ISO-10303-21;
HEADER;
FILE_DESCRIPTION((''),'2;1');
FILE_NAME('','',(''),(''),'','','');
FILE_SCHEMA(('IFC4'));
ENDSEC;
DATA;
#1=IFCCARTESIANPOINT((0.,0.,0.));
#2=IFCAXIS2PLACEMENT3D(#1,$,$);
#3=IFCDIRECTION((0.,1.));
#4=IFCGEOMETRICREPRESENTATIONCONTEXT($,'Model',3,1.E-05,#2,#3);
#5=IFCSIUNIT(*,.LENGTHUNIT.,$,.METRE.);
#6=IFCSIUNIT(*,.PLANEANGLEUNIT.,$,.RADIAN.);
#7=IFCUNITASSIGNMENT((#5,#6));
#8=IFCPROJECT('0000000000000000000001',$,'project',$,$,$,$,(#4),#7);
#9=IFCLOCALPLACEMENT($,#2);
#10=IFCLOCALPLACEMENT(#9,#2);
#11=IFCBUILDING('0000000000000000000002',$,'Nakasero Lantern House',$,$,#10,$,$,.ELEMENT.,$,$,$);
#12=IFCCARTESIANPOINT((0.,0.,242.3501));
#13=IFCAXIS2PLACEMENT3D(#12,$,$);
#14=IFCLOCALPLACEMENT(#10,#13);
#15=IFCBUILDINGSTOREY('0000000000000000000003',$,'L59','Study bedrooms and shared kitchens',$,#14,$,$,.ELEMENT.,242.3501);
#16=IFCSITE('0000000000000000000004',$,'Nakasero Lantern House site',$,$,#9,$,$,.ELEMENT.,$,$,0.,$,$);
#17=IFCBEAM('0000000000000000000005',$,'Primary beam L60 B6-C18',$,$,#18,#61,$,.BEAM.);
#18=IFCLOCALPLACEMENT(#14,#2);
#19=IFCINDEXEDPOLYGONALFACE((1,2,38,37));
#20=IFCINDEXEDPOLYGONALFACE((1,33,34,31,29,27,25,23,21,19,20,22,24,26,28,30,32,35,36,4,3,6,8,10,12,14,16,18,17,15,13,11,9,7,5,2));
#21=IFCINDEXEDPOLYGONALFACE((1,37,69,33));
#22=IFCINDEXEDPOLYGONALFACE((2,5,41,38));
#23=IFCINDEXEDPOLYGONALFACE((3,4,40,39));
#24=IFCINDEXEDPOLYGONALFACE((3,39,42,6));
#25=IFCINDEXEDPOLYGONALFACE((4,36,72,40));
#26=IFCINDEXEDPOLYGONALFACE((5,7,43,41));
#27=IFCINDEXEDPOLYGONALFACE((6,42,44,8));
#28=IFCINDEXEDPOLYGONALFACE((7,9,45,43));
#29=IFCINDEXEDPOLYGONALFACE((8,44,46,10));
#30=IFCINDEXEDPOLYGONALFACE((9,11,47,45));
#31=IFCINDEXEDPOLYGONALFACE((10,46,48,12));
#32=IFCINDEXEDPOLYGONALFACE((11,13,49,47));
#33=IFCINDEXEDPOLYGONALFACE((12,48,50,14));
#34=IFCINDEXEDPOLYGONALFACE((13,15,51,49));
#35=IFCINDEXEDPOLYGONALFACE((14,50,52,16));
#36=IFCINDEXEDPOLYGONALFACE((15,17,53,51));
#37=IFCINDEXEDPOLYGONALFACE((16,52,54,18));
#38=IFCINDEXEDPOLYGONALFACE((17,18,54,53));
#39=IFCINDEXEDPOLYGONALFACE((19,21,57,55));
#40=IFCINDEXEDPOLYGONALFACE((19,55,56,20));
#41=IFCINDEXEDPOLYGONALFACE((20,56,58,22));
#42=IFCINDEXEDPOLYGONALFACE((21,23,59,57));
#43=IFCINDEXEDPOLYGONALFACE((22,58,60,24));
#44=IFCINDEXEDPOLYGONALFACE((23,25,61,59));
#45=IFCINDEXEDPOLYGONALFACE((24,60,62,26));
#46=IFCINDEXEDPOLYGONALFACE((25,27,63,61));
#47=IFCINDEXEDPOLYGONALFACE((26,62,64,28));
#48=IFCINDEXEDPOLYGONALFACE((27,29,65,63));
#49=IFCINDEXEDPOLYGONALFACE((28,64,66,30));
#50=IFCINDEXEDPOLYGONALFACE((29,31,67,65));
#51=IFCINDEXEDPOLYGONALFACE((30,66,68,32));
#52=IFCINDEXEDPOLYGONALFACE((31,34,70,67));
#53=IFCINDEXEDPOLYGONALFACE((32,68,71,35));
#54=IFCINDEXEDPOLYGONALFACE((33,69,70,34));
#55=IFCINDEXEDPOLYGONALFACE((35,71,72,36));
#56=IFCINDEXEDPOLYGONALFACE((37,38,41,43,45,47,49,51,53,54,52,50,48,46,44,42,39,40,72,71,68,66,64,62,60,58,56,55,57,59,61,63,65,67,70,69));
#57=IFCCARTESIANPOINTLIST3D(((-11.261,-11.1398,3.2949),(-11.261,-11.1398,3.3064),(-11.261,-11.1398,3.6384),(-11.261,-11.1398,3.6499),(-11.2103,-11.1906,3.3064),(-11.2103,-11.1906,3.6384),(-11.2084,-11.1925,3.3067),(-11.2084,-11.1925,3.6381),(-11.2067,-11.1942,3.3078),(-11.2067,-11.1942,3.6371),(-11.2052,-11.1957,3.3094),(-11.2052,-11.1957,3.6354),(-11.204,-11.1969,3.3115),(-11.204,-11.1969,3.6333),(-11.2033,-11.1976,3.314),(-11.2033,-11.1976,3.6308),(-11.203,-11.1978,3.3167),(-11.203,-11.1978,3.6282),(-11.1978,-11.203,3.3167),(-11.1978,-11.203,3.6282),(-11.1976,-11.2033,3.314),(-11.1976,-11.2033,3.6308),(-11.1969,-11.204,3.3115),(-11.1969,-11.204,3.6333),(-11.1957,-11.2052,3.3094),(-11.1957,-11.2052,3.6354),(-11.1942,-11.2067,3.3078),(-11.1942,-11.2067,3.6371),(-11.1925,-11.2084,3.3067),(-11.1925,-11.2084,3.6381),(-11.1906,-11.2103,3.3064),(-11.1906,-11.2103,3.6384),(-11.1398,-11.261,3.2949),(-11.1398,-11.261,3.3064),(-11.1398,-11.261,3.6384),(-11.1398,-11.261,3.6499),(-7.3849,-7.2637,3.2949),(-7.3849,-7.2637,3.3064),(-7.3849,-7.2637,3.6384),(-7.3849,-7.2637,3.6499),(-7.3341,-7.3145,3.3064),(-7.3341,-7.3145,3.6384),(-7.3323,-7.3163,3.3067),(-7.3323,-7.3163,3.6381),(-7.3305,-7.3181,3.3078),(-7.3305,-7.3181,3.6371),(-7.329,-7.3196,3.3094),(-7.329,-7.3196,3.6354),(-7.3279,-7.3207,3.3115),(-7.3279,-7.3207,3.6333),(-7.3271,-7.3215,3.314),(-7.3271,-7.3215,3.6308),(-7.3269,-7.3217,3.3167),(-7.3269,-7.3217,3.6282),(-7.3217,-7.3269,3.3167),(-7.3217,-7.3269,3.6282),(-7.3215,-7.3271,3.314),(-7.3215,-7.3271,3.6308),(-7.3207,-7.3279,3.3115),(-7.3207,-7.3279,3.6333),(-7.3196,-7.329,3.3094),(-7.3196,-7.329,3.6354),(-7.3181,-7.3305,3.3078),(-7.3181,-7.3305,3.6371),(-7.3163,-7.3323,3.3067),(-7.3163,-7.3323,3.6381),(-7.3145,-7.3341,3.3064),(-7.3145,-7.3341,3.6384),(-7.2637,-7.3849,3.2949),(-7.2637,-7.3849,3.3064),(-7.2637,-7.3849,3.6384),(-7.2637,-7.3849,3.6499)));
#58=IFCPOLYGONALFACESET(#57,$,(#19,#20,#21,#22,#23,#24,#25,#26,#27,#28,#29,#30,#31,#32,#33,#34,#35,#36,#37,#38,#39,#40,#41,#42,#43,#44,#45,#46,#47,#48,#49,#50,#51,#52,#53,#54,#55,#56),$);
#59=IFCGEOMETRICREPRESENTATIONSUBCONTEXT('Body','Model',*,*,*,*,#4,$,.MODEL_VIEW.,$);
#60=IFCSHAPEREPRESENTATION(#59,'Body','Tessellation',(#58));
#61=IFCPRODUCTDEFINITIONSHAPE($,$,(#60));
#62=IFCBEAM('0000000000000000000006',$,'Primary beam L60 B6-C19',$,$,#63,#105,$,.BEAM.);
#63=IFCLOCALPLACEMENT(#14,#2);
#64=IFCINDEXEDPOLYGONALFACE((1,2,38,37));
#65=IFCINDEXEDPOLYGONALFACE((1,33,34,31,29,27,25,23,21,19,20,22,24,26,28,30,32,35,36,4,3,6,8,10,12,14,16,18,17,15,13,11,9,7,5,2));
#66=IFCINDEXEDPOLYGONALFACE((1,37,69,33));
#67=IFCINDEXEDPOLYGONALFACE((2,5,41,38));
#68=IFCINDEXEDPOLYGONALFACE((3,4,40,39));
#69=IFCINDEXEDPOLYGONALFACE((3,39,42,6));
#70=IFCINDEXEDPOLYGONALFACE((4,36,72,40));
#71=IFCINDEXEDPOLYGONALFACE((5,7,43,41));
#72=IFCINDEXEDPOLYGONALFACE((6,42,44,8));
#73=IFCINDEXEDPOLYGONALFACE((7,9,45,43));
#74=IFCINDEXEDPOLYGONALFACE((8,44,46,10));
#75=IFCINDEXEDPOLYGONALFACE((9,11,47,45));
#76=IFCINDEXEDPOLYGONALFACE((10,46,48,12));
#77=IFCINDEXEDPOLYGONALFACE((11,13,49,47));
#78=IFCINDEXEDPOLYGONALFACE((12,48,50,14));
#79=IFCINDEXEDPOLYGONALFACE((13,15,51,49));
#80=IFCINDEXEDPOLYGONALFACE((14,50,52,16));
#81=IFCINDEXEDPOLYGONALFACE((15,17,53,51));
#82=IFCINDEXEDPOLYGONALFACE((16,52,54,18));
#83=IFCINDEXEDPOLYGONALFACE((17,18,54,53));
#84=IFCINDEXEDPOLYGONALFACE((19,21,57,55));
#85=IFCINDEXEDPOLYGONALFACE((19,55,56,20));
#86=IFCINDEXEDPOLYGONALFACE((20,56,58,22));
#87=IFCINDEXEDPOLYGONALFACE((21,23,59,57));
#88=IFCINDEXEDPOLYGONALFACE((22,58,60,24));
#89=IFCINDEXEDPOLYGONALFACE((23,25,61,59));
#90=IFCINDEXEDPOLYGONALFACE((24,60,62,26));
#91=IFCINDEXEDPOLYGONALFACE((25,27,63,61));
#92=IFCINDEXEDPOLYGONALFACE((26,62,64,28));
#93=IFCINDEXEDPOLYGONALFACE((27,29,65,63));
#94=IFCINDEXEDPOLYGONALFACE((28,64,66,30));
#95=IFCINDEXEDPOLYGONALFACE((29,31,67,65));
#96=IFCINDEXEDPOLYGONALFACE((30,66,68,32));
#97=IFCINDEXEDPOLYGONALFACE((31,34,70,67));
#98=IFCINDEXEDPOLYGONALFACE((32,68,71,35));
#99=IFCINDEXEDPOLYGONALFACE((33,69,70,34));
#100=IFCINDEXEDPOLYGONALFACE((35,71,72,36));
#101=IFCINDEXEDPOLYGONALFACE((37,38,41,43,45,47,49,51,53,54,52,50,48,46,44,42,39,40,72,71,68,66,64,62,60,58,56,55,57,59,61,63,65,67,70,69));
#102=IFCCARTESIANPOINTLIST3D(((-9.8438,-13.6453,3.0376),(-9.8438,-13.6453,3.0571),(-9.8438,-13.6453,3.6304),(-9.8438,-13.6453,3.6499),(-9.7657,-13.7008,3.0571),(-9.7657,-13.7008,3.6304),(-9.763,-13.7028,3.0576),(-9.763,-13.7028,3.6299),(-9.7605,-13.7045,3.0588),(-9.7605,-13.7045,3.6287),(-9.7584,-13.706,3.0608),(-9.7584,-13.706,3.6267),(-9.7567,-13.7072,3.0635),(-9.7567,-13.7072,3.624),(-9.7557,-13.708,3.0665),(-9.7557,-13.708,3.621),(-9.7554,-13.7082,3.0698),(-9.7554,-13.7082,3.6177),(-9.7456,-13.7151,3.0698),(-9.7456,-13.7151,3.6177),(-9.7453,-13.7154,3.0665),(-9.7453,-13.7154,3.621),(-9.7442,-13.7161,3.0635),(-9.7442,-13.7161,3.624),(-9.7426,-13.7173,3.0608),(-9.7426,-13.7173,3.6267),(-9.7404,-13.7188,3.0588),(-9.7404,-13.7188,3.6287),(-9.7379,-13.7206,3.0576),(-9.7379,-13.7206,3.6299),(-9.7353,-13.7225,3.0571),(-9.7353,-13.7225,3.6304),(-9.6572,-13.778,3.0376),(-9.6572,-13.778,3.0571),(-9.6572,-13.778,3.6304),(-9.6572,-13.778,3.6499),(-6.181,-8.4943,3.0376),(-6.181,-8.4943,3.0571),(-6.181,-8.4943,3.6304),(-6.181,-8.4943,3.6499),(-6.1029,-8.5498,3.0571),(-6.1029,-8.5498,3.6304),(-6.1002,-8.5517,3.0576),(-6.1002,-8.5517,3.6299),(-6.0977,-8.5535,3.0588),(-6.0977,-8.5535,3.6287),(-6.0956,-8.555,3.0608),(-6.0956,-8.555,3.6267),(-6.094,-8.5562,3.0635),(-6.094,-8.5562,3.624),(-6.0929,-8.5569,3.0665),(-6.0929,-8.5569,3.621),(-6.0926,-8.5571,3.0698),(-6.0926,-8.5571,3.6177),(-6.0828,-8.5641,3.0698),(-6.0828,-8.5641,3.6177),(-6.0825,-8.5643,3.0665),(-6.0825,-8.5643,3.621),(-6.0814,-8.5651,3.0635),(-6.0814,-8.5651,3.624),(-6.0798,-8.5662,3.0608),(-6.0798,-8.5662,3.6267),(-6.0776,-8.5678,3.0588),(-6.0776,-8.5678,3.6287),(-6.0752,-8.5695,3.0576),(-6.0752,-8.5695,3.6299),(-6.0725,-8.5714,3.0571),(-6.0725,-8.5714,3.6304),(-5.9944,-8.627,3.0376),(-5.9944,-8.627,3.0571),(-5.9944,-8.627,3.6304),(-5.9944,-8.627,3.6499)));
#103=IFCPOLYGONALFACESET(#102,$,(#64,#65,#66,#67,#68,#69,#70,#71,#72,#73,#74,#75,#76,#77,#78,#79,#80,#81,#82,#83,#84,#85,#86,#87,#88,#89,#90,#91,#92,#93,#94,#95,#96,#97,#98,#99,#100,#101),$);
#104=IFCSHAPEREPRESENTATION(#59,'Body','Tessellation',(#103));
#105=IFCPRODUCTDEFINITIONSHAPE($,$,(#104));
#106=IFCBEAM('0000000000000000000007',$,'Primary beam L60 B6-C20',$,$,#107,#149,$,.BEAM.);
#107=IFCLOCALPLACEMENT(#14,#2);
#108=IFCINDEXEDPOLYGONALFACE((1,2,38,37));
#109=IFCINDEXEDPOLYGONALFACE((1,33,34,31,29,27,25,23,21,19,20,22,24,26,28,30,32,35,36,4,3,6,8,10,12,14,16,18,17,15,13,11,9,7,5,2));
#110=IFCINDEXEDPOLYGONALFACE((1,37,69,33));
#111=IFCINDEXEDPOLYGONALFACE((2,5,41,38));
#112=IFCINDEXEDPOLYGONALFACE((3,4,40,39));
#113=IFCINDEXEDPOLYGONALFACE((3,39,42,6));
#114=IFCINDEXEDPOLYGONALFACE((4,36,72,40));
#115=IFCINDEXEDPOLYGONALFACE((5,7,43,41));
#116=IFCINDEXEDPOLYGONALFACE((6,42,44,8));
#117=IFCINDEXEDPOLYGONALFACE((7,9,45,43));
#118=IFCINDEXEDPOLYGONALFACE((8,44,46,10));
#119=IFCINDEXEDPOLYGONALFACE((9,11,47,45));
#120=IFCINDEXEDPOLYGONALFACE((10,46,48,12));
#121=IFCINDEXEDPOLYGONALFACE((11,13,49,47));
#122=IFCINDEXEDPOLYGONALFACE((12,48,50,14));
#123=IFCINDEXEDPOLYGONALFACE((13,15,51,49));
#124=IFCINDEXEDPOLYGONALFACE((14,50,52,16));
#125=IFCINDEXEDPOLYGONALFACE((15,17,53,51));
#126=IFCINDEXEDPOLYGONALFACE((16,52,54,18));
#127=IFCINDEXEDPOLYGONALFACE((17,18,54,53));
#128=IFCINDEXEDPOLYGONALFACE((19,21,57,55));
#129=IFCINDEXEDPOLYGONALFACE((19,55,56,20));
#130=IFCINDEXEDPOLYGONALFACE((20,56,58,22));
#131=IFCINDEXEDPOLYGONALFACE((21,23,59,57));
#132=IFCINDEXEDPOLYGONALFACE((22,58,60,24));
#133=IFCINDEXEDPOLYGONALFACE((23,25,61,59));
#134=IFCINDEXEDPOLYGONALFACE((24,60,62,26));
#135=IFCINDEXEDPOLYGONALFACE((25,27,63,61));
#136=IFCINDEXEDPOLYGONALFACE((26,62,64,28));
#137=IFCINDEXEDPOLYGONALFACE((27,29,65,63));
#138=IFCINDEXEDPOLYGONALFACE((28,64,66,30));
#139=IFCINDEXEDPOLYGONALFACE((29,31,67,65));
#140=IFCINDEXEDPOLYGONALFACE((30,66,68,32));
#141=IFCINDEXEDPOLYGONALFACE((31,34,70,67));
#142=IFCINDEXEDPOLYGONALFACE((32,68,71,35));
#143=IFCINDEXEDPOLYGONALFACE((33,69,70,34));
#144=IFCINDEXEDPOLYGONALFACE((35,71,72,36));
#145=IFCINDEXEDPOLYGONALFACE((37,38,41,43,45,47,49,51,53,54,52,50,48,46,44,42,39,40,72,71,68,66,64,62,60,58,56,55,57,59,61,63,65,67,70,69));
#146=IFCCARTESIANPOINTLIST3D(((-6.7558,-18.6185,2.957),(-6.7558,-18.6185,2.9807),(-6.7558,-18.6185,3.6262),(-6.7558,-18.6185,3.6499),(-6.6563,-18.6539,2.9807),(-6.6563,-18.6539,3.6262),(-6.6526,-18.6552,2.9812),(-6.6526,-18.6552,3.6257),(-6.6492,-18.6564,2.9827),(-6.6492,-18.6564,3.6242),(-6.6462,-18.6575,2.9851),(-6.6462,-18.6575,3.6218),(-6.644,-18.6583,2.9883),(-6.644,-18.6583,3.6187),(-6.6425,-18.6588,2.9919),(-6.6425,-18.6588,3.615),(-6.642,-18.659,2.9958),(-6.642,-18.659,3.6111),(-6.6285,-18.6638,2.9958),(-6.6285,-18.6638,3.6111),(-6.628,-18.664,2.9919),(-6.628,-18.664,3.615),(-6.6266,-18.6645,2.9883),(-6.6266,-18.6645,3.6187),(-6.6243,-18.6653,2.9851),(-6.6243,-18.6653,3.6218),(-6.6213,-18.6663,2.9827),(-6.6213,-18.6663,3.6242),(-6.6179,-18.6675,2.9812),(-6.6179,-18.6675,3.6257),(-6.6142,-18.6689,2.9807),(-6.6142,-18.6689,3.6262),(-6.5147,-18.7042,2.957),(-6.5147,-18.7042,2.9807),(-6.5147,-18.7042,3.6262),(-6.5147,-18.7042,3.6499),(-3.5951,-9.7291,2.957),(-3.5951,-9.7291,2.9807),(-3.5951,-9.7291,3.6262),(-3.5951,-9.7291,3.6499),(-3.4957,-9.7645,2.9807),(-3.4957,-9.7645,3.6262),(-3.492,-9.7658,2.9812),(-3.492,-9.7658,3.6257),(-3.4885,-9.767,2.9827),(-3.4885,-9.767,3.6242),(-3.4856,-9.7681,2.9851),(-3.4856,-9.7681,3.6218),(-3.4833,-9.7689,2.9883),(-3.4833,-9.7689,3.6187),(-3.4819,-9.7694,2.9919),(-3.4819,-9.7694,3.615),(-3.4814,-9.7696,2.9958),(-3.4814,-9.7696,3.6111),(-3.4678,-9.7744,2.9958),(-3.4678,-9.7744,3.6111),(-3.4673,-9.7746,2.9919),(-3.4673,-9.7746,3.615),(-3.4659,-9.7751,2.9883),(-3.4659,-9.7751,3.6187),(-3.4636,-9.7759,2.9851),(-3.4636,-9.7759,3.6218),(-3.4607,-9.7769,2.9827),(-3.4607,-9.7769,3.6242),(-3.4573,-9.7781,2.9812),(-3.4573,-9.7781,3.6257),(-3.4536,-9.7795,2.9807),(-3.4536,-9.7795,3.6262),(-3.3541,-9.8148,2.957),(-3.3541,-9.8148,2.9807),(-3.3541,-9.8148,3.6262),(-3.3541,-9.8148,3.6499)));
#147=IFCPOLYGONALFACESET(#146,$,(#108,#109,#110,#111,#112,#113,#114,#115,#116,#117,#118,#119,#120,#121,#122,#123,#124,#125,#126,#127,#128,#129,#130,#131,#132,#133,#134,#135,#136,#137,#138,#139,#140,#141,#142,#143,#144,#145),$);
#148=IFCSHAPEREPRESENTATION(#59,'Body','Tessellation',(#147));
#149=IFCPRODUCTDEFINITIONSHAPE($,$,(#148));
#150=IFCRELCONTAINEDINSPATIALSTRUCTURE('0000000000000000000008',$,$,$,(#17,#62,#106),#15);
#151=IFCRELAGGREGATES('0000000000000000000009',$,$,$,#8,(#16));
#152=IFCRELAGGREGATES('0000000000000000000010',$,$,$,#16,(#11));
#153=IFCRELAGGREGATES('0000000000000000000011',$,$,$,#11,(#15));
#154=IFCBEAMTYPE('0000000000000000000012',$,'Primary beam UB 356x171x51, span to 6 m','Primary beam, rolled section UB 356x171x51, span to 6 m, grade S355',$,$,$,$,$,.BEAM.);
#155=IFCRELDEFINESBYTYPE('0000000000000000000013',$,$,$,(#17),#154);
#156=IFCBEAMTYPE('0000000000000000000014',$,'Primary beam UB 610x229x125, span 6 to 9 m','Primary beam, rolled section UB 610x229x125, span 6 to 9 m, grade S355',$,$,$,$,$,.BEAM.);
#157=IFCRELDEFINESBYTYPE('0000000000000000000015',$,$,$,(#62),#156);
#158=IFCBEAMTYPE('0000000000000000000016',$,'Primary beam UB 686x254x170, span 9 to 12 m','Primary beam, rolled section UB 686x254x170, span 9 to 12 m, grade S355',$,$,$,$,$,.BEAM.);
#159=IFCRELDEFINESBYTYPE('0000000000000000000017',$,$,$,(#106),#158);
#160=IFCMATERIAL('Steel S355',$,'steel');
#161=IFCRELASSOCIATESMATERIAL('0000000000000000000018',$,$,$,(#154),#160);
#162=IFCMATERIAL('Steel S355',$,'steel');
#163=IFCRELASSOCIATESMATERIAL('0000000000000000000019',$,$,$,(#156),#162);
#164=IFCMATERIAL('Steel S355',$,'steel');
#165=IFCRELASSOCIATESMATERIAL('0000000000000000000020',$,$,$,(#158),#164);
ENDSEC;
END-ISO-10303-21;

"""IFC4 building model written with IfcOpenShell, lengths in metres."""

from ifc_helpers import new_model, si_unit, direction, frame, origin, origin_2d, place, context, subcontext, project, spatial, i_section, extrude, material, material_profile, profile_set, type_object, element, save


model = new_model("IFC4")

# Units and contexts
model_context = context("Model", 3, precision=1e-05, world=origin(), true_north=direction((0.0, 1.0)))
body_context = subcontext(model_context, "Body", "Model", "MODEL_VIEW")
ifc_project = project(units=[si_unit("LENGTHUNIT", "METRE"), si_unit("PLANEANGLEUNIT", "RADIAN")], contexts=[model_context])

# Site, building, storey
site_placement = place(None, origin())
site = spatial("IfcSite", under=ifc_project, at=site_placement, Name="Nakasero Lantern House site", CompositionType="ELEMENT", RefElevation=0.0)
building_placement = place(site_placement, origin())
building = spatial("IfcBuilding", under=site, at=building_placement, Name="Nakasero Lantern House", CompositionType="ELEMENT")
storey_placement = place(building_placement, frame((0.0, 0.0, 242.3501)))
storey = spatial("IfcBuildingStorey", under=building, at=storey_placement, Name="L59", Description="Study bedrooms and shared kitchens", CompositionType="ELEMENT", Elevation=242.3501)

# Beams
ifc_material_1 = material(Name="Steel S355", Category="steel")
ifc_material_profile_1 = material_profile(ifc_material_1, i_section(OverallWidth=0.1714, OverallDepth=0.355, WebThickness=0.0073, FlangeThickness=0.0115, FilletRadius=0.0103, at=origin_2d()), Name="UB 356x171x51")
ifc_profile_set_1 = profile_set([ifc_material_profile_1], Name="Steel S355")
beam_type_1 = type_object("IfcBeamType", Name="Primary beam UB 356x171x51, span to 6 m", Description="Primary beam, rolled section UB 356x171x51, span to 6 m, grade S355", PredefinedType="BEAM", material=ifc_profile_set_1)
beam_1_placement = place(storey_placement, frame((-11.2004, -11.2004, 3.4724), z_axis=(0.707107, 0.707107, 0.0), x_axis=(-0.707107, 0.707107, 0.0)))
element("IfcBeam", 1, at=beam_1_placement, inside=storey, type_object=beam_type_1, Name="Primary beam L60 B6-C18", PredefinedType="BEAM", context=body_context, shape_type="SweptSolid", body=[
    extrude(i_section(OverallWidth=0.1714, OverallDepth=0.355, WebThickness=0.0073, FlangeThickness=0.0115, FilletRadius=0.0103, at=origin_2d()), origin(), (0.0, 0.0, 1.0), 5.4817),
])
ifc_material_2 = material(Name="Steel S355", Category="steel")
ifc_material_profile_2 = material_profile(ifc_material_2, i_section(OverallWidth=0.229, OverallDepth=0.6123, WebThickness=0.012, FlangeThickness=0.0195, FilletRadius=0.0127, at=origin_2d()), Name="UB 610x229x125")
ifc_profile_set_2 = profile_set([ifc_material_profile_2], Name="Steel S355")
beam_type_2 = type_object("IfcBeamType", Name="Primary beam UB 610x229x125, span 6 to 9 m", Description="Primary beam, rolled section UB 610x229x125, span 6 to 9 m, grade S355", PredefinedType="BEAM", material=ifc_profile_set_2)
beam_2_placement = place(storey_placement, frame((-9.7505, -13.7117, 3.3438), z_axis=(0.579505, 0.814969, 0.0), x_axis=(-0.814969, 0.579505, 0.0)))
element("IfcBeam", 2, at=beam_2_placement, inside=storey, type_object=beam_type_2, Name="Primary beam L60 B6-C19", PredefinedType="BEAM", context=body_context, shape_type="SweptSolid", body=[
    extrude(i_section(OverallWidth=0.229, OverallDepth=0.6123, WebThickness=0.012, FlangeThickness=0.0195, FilletRadius=0.0127, at=origin_2d()), origin(), (0.0, 0.0, 1.0), 6.3206),
])
ifc_material_3 = material(Name="Steel S355", Category="steel")
ifc_material_profile_3 = material_profile(ifc_material_3, i_section(OverallWidth=0.2559, OverallDepth=0.6929, WebThickness=0.0144, FlangeThickness=0.0237, FilletRadius=0.0151, at=origin_2d()), Name="UB 686x254x170")
ifc_profile_set_3 = profile_set([ifc_material_profile_3], Name="Steel S355")
beam_type_3 = type_object("IfcBeamType", Name="Primary beam UB 686x254x170, span 9 to 12 m", Description="Primary beam, rolled section UB 686x254x170, span 9 to 12 m, grade S355", PredefinedType="BEAM", material=ifc_profile_set_3)
beam_3_placement = place(storey_placement, frame((-6.6353, -18.6614, 3.3035), z_axis=(0.335007, 0.942216, 0.0), x_axis=(-0.942216, 0.335007, 0.0)))
element("IfcBeam", 3, at=beam_3_placement, inside=storey, type_object=beam_type_3, Name="Primary beam L60 B6-C20", PredefinedType="BEAM", context=body_context, shape_type="SweptSolid", body=[
    extrude(i_section(OverallWidth=0.2559, OverallDepth=0.6929, WebThickness=0.0144, FlangeThickness=0.0237, FilletRadius=0.0151, at=origin_2d()), origin(), (0.0, 0.0, 1.0), 9.4346),
])

save(model, "model.ifc")
